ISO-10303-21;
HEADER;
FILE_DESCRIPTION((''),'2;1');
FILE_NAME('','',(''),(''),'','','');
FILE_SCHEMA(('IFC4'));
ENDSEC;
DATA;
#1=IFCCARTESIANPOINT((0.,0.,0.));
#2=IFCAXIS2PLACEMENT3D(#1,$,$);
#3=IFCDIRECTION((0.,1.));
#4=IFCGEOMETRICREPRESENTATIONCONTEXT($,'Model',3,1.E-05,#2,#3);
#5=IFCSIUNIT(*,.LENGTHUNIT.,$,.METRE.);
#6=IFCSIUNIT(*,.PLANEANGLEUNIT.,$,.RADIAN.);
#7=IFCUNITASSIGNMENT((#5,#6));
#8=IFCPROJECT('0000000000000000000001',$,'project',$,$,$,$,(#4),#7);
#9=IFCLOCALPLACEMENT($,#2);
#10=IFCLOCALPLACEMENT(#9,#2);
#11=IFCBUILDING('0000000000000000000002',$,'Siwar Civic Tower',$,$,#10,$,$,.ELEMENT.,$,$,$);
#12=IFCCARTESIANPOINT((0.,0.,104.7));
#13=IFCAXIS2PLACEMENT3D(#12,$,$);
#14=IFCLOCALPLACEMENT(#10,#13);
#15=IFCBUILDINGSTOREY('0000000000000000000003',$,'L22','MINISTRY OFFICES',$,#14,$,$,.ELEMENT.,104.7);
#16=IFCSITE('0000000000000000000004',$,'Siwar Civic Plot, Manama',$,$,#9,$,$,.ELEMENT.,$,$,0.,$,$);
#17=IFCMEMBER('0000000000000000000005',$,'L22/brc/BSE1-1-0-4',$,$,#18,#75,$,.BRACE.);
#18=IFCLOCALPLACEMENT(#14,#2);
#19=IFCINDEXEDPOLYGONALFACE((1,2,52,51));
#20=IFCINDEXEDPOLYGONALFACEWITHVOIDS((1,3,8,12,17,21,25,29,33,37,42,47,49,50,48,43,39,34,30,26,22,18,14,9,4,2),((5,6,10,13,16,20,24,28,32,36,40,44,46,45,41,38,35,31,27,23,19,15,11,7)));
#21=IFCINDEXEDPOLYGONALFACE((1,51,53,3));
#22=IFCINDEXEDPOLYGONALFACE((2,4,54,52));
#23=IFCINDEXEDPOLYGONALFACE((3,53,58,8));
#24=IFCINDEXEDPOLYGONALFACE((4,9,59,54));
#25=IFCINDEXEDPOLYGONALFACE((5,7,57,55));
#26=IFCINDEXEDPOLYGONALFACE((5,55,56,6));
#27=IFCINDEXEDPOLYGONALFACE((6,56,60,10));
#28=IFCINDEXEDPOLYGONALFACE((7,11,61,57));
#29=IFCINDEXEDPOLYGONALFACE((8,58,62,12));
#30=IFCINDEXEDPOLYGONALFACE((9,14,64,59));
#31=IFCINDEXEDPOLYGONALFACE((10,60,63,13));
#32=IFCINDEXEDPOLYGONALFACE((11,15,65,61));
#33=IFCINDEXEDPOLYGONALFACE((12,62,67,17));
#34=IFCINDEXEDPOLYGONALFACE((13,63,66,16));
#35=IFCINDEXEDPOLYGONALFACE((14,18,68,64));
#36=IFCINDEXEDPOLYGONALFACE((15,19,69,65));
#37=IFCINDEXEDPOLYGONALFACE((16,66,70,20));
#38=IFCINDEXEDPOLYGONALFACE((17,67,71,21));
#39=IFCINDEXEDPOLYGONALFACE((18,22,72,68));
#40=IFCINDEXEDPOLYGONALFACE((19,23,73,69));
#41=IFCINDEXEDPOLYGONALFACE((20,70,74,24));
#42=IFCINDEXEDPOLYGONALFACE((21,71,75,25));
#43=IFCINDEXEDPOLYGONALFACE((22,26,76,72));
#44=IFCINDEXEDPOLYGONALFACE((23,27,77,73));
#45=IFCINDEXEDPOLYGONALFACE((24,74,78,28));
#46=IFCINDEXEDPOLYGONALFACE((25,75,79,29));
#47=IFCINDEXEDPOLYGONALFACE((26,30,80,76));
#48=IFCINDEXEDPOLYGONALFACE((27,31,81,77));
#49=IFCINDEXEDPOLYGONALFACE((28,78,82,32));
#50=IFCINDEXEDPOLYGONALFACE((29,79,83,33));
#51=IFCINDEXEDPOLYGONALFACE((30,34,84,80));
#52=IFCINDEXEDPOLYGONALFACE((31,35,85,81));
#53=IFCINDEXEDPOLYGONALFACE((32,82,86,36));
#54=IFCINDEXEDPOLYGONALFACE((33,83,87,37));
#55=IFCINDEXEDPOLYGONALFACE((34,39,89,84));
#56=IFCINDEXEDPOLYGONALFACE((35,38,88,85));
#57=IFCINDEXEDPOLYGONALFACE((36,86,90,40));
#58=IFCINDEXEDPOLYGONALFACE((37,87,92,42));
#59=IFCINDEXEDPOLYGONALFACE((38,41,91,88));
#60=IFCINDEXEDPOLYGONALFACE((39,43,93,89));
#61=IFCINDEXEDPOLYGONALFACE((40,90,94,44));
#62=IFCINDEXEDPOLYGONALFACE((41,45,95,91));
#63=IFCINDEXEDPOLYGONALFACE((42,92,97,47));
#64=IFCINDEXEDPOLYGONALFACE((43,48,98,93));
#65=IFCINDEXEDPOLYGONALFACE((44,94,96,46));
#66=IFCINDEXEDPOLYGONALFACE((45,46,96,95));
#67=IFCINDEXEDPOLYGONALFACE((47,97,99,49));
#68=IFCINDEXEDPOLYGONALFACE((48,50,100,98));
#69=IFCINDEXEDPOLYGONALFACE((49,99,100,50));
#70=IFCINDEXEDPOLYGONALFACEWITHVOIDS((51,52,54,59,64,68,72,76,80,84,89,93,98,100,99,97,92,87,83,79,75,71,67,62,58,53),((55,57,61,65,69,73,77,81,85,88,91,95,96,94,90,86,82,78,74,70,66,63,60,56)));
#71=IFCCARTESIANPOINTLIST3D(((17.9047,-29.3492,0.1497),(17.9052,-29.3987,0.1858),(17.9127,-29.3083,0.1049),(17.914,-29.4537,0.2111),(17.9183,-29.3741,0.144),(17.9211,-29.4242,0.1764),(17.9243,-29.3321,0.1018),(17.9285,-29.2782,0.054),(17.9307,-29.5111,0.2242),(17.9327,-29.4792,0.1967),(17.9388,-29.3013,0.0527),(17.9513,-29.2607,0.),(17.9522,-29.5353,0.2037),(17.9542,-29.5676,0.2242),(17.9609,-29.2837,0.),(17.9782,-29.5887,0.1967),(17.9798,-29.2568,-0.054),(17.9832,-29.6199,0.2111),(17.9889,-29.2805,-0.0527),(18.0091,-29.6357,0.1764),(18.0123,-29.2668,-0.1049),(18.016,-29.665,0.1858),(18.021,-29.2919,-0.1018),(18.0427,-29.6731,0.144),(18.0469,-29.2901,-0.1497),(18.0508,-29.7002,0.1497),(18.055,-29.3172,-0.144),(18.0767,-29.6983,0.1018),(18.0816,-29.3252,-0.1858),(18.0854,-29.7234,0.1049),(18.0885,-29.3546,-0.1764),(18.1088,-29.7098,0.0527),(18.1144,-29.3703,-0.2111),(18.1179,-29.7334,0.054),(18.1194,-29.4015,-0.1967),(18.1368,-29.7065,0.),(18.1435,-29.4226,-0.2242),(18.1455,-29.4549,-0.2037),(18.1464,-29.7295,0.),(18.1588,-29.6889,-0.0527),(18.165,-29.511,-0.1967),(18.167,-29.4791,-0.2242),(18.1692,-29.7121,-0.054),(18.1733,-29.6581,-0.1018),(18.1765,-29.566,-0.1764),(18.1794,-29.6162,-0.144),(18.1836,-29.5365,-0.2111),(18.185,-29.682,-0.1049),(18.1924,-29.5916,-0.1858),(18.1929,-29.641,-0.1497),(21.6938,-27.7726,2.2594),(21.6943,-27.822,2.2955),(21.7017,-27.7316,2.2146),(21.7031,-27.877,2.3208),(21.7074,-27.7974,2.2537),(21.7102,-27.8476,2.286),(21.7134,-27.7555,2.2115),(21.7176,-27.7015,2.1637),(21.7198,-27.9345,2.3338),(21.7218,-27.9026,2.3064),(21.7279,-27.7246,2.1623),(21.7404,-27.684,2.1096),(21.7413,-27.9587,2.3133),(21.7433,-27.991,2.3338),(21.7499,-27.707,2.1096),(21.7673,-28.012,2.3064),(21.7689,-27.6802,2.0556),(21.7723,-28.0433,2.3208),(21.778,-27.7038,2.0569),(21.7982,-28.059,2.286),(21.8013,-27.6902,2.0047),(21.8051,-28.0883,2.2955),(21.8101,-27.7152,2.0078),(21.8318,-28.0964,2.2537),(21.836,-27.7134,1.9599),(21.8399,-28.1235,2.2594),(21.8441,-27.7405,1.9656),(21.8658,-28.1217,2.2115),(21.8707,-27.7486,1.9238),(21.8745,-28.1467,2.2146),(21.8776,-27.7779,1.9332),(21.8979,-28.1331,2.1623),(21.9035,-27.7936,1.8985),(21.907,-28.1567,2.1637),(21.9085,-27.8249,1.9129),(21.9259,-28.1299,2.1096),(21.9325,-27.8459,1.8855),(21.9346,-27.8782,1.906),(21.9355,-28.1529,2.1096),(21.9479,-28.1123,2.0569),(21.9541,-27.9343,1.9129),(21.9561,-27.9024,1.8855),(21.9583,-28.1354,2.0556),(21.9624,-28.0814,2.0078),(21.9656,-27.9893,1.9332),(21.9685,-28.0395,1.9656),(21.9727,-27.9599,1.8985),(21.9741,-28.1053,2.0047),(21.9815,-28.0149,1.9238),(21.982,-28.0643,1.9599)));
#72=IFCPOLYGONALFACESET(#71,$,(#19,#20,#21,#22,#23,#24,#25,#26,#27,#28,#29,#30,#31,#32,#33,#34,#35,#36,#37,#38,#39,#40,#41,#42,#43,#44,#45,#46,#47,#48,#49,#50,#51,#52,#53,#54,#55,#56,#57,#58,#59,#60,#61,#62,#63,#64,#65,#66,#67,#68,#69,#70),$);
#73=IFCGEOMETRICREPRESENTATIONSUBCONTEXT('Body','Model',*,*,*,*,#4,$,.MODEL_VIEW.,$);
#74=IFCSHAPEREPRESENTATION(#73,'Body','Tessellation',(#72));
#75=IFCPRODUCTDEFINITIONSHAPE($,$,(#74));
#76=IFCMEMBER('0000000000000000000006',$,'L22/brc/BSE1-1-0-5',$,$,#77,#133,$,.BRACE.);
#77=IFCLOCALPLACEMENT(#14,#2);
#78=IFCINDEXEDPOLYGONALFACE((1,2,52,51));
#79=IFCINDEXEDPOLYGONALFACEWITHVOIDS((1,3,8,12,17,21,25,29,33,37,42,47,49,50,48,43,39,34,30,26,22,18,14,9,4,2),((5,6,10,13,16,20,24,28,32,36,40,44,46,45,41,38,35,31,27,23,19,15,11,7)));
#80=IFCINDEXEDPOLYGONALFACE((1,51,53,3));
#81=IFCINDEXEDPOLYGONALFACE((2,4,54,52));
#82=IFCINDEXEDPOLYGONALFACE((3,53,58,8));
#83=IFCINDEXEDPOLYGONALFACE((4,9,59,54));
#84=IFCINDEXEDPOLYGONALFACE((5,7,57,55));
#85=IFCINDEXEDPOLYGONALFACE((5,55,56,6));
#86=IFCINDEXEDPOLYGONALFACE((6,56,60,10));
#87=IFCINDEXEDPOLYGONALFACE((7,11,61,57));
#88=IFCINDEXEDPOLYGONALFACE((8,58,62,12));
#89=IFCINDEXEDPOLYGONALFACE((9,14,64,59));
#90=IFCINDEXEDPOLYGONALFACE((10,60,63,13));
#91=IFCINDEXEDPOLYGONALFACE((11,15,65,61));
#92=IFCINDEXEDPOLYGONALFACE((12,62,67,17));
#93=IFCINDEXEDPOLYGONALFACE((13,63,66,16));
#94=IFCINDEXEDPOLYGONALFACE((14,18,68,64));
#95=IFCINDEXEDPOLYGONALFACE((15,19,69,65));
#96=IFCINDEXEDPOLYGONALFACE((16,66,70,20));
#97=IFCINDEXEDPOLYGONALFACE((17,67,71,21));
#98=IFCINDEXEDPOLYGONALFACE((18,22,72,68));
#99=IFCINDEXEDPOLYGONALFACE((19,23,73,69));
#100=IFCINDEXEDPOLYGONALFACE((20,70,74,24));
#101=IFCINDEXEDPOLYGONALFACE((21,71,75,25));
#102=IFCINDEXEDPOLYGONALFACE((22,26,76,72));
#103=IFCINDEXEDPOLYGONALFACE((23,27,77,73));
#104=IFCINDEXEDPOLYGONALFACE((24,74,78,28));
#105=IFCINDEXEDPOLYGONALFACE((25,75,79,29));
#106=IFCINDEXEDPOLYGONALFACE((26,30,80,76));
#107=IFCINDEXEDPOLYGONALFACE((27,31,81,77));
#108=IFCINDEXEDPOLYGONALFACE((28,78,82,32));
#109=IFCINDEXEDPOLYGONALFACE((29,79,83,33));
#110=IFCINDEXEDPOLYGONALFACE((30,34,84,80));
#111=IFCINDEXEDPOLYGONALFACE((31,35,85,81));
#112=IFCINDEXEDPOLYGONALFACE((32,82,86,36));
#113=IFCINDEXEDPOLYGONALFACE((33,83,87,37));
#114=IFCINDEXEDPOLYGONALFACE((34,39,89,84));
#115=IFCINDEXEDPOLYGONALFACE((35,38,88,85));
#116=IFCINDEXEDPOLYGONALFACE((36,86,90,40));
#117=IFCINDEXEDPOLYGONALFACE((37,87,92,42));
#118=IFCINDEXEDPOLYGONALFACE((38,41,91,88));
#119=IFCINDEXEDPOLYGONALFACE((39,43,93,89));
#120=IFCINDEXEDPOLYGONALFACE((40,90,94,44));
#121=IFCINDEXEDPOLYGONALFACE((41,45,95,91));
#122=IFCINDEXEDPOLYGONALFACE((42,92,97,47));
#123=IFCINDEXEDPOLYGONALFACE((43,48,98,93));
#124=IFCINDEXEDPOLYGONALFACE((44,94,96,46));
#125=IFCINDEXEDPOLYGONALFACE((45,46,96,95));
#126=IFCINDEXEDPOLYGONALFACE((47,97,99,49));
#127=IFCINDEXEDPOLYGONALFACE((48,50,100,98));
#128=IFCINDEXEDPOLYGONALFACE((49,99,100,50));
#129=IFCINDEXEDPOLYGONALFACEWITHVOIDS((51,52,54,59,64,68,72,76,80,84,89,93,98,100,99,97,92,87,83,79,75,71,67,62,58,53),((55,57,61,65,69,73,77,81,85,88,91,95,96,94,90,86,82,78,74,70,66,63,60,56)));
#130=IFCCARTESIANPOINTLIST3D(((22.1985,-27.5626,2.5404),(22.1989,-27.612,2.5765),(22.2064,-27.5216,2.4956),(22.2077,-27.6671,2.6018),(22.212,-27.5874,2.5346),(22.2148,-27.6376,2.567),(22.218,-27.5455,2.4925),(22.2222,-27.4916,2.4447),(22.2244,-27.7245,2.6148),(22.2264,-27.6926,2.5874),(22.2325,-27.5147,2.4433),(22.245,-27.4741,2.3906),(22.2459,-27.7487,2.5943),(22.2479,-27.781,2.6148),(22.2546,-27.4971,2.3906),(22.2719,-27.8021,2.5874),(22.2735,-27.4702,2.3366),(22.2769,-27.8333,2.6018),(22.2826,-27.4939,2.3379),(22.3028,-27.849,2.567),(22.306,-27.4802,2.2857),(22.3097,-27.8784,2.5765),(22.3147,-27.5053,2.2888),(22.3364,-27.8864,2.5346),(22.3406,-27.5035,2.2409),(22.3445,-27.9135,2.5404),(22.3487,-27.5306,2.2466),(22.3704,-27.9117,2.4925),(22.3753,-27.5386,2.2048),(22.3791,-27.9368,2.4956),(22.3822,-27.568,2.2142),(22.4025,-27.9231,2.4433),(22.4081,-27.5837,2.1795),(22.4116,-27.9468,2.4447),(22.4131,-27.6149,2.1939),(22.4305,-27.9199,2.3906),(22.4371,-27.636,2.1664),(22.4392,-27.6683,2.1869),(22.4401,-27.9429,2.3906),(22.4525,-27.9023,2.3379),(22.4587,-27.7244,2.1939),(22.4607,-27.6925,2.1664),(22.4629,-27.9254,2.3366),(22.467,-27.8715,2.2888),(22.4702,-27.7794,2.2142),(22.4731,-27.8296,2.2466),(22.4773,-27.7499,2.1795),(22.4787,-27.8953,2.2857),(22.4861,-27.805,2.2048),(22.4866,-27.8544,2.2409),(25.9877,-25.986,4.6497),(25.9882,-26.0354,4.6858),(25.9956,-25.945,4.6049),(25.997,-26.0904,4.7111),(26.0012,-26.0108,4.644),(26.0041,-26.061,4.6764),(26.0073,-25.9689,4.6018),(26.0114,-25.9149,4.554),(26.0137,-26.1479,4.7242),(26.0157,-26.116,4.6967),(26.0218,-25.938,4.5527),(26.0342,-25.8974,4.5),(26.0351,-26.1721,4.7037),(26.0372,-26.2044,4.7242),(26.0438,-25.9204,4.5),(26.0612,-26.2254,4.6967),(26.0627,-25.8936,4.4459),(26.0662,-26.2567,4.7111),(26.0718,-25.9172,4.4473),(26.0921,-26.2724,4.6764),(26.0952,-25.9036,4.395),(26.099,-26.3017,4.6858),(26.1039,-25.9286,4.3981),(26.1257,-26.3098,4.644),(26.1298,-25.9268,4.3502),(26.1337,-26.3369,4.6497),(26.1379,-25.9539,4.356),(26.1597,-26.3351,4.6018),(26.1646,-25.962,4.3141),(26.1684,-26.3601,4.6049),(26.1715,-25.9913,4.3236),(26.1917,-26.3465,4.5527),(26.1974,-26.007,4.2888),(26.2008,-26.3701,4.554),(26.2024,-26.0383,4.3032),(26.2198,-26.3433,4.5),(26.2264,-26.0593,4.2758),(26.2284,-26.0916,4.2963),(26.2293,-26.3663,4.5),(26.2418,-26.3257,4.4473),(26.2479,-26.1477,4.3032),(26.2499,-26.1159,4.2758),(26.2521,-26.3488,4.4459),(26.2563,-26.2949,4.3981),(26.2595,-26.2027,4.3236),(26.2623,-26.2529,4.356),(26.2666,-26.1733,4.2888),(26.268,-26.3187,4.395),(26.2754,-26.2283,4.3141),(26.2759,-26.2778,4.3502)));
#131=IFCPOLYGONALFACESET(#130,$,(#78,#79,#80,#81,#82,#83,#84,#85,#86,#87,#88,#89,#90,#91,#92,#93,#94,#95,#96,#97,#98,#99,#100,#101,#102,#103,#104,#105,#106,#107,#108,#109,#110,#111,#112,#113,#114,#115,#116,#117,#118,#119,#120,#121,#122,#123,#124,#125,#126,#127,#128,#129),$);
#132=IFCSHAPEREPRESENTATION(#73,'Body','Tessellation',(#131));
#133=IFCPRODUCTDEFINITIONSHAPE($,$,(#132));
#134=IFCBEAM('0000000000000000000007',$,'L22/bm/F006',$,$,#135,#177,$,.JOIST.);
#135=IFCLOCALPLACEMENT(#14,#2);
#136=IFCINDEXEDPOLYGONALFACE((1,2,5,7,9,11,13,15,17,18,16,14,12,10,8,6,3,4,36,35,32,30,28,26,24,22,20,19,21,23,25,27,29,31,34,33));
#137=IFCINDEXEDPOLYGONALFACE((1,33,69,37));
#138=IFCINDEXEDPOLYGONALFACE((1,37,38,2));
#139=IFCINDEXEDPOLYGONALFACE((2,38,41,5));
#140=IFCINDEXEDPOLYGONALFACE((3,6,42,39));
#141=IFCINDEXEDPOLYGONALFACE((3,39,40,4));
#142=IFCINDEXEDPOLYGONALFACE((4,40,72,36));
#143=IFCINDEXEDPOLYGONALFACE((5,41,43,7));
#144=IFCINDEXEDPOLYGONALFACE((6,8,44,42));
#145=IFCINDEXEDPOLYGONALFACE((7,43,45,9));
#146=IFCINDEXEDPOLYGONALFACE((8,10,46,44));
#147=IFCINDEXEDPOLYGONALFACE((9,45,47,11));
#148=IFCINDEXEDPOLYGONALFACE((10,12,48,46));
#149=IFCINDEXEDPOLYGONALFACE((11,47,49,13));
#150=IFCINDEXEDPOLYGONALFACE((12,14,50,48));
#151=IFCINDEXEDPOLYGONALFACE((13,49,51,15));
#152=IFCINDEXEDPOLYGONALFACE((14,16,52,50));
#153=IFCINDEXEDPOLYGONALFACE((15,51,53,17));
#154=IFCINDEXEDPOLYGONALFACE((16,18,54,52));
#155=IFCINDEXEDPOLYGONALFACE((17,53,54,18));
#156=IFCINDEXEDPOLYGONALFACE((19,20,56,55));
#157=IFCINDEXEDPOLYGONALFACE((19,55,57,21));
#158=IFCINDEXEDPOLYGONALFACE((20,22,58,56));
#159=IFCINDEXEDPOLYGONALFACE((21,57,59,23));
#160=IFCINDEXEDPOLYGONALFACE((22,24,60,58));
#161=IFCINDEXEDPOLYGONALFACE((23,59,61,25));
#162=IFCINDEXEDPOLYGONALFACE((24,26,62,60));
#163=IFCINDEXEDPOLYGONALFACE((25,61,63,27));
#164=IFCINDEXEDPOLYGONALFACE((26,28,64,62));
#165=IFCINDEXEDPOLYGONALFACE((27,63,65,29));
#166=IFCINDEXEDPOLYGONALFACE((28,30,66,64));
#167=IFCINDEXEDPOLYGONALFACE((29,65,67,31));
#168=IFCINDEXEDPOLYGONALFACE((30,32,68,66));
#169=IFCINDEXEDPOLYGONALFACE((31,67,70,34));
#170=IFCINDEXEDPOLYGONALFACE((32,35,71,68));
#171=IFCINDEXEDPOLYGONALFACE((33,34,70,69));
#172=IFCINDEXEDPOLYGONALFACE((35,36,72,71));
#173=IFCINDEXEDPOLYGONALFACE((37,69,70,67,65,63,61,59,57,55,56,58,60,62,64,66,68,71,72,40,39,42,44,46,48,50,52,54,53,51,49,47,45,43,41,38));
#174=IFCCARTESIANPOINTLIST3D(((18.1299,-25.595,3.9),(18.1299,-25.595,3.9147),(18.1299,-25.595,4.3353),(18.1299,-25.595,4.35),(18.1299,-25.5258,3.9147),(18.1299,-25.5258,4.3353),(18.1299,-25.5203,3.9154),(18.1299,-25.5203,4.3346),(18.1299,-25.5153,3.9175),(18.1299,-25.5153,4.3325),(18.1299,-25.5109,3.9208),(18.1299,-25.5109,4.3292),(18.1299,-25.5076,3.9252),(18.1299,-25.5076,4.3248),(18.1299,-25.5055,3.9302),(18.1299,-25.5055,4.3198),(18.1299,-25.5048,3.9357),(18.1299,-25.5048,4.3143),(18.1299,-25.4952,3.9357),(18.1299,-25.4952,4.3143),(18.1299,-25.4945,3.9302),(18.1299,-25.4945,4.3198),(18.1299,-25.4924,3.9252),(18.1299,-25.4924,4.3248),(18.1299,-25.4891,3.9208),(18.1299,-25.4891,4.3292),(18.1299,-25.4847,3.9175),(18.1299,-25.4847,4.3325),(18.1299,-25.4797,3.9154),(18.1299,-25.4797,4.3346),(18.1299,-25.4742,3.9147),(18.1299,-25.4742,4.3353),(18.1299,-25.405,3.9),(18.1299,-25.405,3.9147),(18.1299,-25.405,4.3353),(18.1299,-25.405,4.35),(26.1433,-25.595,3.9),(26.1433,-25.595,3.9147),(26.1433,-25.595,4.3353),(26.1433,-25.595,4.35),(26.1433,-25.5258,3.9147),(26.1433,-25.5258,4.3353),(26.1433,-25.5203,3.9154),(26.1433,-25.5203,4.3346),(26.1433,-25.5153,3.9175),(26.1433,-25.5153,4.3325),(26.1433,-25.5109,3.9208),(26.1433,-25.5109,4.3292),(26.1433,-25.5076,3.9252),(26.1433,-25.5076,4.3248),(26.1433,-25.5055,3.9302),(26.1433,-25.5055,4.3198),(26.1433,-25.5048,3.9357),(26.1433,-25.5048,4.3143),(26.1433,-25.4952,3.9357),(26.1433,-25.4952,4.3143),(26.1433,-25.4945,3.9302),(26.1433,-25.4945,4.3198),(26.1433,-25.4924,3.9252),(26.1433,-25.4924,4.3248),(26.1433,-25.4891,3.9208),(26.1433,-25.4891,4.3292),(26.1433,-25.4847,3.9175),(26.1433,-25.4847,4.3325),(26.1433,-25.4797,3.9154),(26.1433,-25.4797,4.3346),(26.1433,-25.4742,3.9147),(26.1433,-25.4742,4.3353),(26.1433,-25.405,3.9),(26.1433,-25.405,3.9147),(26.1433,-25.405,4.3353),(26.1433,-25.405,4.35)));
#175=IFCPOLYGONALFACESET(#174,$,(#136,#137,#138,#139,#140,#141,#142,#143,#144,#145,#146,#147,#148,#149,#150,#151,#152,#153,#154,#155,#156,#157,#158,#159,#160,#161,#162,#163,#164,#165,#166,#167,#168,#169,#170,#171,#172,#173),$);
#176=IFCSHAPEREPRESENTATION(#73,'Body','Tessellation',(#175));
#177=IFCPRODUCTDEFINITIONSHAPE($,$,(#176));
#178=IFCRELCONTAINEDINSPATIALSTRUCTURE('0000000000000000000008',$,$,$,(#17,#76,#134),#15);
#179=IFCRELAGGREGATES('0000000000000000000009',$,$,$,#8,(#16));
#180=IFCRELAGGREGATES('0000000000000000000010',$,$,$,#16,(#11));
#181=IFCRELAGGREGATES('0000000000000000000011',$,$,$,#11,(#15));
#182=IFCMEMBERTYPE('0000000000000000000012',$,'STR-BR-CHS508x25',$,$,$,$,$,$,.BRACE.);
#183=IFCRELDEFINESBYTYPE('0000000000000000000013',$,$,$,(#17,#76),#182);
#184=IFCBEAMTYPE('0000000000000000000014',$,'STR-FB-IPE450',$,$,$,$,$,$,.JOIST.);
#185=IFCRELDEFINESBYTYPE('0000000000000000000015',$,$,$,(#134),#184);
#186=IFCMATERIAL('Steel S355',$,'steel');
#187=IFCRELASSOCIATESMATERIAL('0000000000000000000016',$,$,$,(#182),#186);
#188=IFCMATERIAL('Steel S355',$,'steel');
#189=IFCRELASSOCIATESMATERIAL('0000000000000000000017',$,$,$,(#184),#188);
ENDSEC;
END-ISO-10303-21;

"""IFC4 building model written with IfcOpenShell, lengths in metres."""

from ifc_helpers import new_model, si_unit, direction, frame, origin, origin_2d, place, context, subcontext, project, spatial, hollow_circle, i_section, extrude, material, material_profile, profile_set, type_object, element, save


model = new_model("IFC4")

# Units and contexts
model_context = context("Model", 3, precision=1e-05, world=origin(), true_north=direction((0.0, 1.0)))
body_context = subcontext(model_context, "Body", "Model", "MODEL_VIEW")
ifc_project = project(units=[si_unit("LENGTHUNIT", "METRE"), si_unit("PLANEANGLEUNIT", "RADIAN")], contexts=[model_context])

# Site, building, storey
site_placement = place(None, origin())
site = spatial("IfcSite", under=ifc_project, at=site_placement, Name="Siwar Civic Plot, Manama", CompositionType="ELEMENT", RefElevation=0.0)
building_placement = place(site_placement, origin())
building = spatial("IfcBuilding", under=site, at=building_placement, Name="Siwar Civic Tower", CompositionType="ELEMENT")
storey_placement = place(building_placement, frame((0.0, 0.0, 104.7)))
storey = spatial("IfcBuildingStorey", under=building, at=storey_placement, Name="L22", Description="MINISTRY OFFICES", CompositionType="ELEMENT", Elevation=104.7)

# Members
ifc_material_1 = material(Name="Steel S355", Category="steel")
ifc_material_profile_1 = material_profile(ifc_material_1, hollow_circle(Radius=0.2539, WallThickness=0.0249, at=origin_2d()), Name="CHS508x25")
ifc_profile_set_1 = profile_set([ifc_material_profile_1], Name="Steel S355")
member_type_1 = type_object("IfcMemberType", Name="STR-BR-CHS508x25", PredefinedType="BRACE", material=ifc_profile_set_1)
for number, where, z_axis, x_axis, name in (
    (1, (18.0488, -29.4951, 0.0), (0.821126, 0.341677, 0.457175), (-0.384176, 0.92326, 0.0), "L22/brc/BSE1-1-0-4"),
    (2, (22.3425, -27.7085, 2.3906), (0.821163, 0.341671, 0.457113), (-0.384155, 0.923269, 0.0), "L22/brc/BSE1-1-0-5"),
):
    element("IfcMember", number, at=place(storey_placement, frame(where, z_axis=z_axis, x_axis=x_axis)), inside=storey, type_object=member_type_1, Name=name, PredefinedType="BRACE", context=body_context, shape_type="SweptSolid", body=[
        extrude(hollow_circle(Radius=0.2539, WallThickness=0.0249, at=origin_2d()), origin(), (0.0, 0.0, 1.0), 4.6145),
    ])

# Beam
ifc_material_2 = material(Name="Steel S355", Category="steel")
ifc_material_profile_2 = material_profile(ifc_material_2, i_section(OverallWidth=0.1899, OverallDepth=0.45, WebThickness=0.0095, FlangeThickness=0.0146, FilletRadius=0.021, at=origin_2d()), Name="IPE450")
ifc_profile_set_2 = profile_set([ifc_material_profile_2], Name="Steel S355")
beam_type_1 = type_object("IfcBeamType", Name="STR-FB-IPE450", PredefinedType="JOIST", material=ifc_profile_set_2)
beam_1_placement = place(storey_placement, frame((18.1299, -25.5, 4.125), z_axis=(1.0, 0.0, 0.0), x_axis=(0.0, 1.0, 0.0)))
element("IfcBeam", 3, at=beam_1_placement, inside=storey, type_object=beam_type_1, Name="L22/bm/F006", PredefinedType="JOIST", context=body_context, shape_type="SweptSolid", body=[
    extrude(i_section(OverallWidth=0.1899, OverallDepth=0.45, WebThickness=0.0095, FlangeThickness=0.0146, FilletRadius=0.021, at=origin_2d()), origin(), (0.0, 0.0, 1.0), 8.0134),
])

save(model, "model.ifc")
